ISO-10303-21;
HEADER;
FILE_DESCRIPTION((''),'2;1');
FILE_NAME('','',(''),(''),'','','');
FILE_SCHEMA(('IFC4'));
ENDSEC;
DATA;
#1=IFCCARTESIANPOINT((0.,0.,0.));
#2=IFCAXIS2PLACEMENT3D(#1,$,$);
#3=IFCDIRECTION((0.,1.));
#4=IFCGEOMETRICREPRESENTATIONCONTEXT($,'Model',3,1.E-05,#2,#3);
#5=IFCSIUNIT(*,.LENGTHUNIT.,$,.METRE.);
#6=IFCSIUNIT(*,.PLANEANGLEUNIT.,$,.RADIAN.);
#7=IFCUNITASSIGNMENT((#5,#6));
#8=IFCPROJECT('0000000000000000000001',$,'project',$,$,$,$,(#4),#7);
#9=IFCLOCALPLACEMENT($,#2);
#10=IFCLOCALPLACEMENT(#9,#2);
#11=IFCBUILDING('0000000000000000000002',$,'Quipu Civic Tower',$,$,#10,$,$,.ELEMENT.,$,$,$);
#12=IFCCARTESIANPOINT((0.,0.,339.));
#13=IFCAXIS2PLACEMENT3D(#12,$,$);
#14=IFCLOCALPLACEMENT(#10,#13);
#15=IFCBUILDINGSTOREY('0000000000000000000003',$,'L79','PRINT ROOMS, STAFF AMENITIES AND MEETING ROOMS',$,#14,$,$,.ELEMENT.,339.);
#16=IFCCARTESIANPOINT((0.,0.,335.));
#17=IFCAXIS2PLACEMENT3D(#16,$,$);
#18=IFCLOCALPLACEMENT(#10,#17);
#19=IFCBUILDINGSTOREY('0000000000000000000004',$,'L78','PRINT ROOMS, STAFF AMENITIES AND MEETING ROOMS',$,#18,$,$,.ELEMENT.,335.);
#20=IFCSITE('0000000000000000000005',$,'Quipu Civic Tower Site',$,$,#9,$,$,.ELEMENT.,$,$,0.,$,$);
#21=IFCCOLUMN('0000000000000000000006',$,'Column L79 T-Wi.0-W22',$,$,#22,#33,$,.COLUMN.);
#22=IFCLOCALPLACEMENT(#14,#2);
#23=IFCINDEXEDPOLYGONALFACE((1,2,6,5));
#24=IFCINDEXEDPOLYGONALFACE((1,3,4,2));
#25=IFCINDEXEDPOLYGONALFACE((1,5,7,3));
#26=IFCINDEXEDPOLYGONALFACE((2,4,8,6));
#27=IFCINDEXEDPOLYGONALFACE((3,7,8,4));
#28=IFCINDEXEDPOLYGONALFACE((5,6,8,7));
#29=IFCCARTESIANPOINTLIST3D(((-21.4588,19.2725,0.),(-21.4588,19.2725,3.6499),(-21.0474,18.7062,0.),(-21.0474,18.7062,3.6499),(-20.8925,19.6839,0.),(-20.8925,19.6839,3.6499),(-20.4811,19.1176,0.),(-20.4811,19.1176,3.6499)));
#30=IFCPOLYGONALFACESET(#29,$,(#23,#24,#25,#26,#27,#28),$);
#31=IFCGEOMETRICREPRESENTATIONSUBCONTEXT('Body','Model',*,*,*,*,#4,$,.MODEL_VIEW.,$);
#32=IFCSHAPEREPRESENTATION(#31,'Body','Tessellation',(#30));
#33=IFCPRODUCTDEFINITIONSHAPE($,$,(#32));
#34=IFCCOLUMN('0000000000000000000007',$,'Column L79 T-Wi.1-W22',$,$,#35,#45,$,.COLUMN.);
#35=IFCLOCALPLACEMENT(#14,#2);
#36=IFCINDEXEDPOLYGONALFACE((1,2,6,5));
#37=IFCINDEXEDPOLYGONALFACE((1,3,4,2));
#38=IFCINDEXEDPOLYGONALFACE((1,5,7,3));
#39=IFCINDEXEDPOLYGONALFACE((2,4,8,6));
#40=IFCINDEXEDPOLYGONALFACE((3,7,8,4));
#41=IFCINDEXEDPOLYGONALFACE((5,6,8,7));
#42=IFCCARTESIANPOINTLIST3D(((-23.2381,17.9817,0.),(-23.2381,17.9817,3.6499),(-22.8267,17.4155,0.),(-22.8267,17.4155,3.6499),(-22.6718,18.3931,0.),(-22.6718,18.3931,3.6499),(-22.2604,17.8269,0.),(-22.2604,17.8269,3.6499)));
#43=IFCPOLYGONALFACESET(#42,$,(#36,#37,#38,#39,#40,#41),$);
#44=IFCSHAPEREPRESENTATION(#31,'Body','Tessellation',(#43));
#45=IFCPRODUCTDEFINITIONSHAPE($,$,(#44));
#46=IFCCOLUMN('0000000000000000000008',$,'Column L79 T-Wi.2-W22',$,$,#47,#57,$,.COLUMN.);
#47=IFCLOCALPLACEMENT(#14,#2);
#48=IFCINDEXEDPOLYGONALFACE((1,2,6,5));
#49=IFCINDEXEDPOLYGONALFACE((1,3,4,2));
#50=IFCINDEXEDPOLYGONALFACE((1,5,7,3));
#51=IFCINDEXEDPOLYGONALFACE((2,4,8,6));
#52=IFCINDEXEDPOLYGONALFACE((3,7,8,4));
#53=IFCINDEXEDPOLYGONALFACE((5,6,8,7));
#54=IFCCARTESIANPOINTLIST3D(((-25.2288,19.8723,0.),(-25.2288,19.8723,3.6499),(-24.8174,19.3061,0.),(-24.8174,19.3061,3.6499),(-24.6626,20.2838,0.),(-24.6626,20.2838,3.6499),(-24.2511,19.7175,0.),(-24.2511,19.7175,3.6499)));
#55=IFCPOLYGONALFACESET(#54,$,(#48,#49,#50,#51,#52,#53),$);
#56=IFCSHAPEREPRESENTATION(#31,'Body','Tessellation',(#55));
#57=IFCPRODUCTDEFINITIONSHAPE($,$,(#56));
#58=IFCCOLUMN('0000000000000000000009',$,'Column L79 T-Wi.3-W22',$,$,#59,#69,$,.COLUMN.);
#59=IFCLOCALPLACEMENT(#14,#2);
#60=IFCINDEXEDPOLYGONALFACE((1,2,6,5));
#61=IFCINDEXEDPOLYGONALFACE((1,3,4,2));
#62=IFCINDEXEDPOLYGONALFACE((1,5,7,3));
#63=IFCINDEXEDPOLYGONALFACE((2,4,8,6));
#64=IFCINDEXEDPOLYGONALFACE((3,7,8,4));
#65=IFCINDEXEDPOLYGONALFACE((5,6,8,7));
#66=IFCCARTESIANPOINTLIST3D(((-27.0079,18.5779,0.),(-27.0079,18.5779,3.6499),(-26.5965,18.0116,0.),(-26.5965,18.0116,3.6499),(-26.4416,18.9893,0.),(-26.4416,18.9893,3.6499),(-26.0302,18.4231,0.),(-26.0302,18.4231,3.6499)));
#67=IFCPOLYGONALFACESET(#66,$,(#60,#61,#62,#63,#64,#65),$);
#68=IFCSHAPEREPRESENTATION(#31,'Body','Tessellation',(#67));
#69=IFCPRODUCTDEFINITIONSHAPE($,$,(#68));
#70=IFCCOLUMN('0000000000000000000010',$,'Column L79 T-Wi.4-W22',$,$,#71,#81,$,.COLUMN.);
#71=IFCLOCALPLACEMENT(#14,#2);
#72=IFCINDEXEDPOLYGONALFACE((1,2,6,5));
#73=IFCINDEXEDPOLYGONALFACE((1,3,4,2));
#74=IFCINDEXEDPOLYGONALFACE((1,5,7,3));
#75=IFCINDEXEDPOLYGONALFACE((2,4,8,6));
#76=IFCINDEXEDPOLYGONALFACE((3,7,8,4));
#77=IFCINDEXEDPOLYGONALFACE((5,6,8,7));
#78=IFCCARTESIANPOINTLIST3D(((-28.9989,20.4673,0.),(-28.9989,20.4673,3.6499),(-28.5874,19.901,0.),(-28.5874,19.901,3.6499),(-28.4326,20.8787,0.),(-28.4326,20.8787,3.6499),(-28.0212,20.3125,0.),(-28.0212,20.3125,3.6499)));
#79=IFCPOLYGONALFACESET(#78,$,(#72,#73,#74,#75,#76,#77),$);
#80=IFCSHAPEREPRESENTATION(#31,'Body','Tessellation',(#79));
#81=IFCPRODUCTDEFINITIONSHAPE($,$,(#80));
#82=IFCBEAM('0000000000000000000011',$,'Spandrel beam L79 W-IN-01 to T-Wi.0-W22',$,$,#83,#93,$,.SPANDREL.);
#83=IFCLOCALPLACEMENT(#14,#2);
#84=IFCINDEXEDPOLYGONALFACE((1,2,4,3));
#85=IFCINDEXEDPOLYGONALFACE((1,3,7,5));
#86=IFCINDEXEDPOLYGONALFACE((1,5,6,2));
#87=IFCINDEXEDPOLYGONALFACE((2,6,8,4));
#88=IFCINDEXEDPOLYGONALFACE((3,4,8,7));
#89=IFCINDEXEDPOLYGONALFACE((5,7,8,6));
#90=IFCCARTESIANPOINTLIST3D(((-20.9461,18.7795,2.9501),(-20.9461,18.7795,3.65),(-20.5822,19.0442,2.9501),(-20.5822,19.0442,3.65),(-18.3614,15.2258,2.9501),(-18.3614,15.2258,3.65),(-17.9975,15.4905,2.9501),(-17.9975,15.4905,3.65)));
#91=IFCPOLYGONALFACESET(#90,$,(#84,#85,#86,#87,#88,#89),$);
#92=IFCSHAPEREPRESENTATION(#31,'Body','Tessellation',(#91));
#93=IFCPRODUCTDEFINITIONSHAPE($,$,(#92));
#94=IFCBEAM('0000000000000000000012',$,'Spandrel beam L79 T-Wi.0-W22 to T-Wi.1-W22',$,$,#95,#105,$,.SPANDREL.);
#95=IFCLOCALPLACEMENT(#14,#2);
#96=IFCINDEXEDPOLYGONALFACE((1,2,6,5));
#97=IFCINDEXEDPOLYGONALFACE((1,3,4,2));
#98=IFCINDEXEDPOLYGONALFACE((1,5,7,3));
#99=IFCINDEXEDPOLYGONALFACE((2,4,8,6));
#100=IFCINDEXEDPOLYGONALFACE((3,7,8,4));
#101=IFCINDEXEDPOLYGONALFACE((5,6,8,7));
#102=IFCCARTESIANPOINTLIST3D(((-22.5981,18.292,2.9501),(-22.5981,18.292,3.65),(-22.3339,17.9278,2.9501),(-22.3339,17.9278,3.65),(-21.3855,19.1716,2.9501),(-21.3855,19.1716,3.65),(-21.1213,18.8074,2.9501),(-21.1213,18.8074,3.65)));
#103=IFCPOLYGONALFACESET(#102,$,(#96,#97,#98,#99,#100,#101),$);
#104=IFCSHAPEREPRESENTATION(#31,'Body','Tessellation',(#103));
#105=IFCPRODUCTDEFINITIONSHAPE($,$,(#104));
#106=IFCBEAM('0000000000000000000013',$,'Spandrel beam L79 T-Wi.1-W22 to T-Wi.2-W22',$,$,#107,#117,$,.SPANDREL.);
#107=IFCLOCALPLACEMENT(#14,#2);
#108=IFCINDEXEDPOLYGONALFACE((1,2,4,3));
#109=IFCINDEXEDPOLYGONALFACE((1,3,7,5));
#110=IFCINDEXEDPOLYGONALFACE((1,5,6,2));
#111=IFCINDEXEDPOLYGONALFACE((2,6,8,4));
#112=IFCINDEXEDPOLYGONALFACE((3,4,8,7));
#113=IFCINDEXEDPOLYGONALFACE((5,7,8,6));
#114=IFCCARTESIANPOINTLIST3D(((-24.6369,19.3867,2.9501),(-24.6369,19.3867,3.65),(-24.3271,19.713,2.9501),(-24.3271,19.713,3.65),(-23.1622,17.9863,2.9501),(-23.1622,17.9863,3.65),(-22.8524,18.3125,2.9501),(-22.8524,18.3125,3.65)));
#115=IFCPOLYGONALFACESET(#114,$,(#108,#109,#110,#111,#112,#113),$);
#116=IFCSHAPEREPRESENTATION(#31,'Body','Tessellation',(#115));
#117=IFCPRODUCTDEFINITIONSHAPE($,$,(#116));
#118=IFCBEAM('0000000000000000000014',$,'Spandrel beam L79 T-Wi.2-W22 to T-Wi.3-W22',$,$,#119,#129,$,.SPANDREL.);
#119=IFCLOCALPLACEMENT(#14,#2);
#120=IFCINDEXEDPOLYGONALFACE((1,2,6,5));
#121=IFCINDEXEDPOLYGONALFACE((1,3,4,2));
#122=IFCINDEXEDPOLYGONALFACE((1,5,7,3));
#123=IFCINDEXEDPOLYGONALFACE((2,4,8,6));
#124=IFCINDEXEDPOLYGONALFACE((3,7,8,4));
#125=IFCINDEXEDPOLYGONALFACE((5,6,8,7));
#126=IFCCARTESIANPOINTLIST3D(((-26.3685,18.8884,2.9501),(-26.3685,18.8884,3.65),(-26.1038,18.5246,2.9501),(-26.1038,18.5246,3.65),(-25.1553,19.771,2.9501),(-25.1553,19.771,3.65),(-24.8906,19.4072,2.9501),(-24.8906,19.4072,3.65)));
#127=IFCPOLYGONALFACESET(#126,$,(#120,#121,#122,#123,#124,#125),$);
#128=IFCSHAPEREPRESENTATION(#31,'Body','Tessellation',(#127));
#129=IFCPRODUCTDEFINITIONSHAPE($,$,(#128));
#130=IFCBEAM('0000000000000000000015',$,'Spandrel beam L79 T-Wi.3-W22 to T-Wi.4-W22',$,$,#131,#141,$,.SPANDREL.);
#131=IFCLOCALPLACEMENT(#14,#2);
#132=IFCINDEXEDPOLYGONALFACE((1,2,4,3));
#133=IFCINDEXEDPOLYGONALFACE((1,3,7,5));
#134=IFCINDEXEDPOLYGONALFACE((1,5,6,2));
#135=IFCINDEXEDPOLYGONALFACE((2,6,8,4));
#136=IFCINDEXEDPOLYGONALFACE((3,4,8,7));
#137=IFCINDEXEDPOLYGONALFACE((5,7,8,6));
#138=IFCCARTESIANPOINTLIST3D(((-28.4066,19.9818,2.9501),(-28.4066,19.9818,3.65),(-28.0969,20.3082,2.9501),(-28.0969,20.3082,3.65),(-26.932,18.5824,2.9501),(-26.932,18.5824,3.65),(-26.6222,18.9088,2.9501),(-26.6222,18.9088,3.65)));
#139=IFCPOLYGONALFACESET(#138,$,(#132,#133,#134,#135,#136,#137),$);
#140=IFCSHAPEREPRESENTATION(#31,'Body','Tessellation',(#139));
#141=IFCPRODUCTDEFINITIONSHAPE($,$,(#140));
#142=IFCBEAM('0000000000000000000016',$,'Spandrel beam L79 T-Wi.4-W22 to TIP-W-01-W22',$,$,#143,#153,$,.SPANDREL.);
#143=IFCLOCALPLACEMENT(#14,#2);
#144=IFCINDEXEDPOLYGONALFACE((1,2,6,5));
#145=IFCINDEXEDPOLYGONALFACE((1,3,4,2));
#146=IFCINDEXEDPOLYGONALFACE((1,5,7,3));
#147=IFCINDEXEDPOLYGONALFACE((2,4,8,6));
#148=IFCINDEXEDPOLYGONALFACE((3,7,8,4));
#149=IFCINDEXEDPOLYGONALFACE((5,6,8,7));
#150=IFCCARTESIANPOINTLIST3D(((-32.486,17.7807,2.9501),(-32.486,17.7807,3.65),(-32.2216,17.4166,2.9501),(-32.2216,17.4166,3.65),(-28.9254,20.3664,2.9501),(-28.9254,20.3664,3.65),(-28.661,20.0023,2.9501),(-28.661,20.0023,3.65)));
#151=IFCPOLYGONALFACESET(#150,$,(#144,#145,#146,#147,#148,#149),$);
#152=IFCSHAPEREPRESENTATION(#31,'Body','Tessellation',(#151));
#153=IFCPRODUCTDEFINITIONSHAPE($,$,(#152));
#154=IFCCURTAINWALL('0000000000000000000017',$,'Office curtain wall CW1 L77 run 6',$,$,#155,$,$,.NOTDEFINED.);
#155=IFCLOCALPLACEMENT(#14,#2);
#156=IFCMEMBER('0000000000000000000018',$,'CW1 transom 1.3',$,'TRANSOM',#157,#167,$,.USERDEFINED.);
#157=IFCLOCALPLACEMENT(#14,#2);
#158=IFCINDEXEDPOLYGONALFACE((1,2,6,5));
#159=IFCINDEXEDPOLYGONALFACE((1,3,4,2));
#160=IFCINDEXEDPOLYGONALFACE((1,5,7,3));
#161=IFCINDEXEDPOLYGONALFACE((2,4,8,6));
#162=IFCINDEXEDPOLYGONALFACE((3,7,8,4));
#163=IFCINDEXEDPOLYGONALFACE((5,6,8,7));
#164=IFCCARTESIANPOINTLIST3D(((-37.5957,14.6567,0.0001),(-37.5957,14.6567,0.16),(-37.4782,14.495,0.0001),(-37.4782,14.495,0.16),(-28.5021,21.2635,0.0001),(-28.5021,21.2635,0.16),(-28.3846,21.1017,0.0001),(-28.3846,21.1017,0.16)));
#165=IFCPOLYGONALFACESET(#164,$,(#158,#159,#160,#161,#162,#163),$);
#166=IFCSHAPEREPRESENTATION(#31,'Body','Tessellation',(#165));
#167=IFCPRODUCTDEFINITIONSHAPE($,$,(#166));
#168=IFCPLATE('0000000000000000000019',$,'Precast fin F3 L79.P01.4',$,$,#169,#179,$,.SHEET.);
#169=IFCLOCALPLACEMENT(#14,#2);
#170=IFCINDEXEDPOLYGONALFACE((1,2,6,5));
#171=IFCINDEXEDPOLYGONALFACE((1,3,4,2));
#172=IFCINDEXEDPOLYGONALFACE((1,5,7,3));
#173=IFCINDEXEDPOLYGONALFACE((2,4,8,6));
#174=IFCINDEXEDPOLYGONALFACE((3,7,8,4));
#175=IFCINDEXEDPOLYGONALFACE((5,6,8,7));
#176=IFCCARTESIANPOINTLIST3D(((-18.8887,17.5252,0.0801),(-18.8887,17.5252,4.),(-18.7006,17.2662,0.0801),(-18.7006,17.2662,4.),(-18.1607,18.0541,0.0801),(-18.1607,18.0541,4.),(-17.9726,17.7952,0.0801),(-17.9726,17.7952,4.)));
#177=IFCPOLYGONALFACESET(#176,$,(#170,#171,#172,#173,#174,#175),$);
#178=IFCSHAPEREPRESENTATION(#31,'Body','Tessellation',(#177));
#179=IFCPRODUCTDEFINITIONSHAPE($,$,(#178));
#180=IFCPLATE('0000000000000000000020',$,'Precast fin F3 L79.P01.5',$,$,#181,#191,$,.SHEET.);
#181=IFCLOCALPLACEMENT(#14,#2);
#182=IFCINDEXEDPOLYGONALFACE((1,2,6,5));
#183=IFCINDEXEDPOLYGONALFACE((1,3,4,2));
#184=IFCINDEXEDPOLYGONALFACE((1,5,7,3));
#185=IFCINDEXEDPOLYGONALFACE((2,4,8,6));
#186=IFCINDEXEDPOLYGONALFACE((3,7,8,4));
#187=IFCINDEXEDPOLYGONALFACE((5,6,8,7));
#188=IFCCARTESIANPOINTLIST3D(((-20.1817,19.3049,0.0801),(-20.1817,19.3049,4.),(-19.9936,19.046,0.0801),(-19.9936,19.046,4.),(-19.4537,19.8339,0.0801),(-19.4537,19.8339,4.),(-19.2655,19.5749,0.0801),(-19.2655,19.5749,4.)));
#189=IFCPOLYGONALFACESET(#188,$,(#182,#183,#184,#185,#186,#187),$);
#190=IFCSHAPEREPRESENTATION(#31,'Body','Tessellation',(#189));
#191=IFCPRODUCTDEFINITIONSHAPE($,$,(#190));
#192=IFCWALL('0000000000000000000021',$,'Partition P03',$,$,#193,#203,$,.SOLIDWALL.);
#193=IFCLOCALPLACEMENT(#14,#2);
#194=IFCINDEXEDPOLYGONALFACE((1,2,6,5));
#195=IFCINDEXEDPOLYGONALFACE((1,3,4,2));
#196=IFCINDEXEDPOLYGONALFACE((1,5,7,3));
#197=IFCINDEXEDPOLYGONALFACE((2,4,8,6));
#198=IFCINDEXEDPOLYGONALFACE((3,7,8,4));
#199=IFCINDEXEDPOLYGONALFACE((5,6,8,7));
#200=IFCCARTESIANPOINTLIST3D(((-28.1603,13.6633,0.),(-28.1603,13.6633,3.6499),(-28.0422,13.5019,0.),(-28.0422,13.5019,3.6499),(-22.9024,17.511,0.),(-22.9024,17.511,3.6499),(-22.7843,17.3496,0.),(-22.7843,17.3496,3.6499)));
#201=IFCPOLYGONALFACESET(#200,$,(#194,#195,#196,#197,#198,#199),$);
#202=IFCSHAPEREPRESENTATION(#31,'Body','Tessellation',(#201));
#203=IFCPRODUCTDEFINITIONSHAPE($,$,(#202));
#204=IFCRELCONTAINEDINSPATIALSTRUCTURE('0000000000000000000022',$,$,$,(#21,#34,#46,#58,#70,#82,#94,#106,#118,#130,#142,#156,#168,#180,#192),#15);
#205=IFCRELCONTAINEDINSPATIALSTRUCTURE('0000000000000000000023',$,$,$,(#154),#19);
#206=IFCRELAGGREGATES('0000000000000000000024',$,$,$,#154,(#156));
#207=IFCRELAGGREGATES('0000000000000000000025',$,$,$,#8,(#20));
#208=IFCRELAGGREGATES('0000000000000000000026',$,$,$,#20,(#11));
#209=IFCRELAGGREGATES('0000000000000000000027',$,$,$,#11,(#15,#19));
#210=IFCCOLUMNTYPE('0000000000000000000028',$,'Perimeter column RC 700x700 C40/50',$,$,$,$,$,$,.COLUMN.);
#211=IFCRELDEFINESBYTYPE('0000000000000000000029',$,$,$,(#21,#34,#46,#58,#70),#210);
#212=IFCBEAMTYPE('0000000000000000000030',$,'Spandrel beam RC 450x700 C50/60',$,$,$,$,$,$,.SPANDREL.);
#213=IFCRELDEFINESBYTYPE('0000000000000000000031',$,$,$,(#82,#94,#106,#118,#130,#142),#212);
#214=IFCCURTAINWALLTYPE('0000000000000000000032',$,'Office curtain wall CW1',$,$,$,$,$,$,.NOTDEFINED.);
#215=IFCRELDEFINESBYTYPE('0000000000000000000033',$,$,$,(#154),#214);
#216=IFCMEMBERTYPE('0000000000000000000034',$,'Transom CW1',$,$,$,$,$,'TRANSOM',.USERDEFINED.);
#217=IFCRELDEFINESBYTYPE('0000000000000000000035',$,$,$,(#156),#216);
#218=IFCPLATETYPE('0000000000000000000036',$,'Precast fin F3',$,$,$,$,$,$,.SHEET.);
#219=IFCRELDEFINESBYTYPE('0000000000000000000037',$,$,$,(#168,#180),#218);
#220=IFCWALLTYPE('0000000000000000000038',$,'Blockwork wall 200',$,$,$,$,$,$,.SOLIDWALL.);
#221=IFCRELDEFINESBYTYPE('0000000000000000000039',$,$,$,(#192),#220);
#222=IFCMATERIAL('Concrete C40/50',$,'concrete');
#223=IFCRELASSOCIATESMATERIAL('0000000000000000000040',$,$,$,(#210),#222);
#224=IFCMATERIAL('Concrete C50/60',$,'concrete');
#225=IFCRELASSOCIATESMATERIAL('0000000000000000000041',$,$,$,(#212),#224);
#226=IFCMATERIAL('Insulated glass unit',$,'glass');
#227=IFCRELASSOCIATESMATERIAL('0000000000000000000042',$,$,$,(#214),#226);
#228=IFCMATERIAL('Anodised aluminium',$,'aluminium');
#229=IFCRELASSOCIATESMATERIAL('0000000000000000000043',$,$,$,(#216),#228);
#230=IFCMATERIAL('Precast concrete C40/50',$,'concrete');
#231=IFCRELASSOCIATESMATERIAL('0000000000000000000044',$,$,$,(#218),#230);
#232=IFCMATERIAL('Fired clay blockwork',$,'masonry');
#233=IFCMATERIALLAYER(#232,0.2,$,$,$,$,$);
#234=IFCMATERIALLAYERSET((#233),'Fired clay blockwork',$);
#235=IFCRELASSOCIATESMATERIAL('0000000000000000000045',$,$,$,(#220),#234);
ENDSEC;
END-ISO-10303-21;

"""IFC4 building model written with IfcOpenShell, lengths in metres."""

from ifc_helpers import new_model, si_unit, direction, frame, frame_2d, origin, origin_2d, place, context, subcontext, project, spatial, rectangle, extrude, material, layer, layer_set, material_profile, profile_set, type_object, element, aggregate, save


model = new_model("IFC4")

# Units and contexts
model_context = context("Model", 3, precision=1e-05, world=origin(), true_north=direction((0.0, 1.0)))
body_context = subcontext(model_context, "Body", "Model", "MODEL_VIEW")
ifc_project = project(units=[si_unit("LENGTHUNIT", "METRE"), si_unit("PLANEANGLEUNIT", "RADIAN")], contexts=[model_context])

# Site, building, storey
site_placement = place(None, origin())
site = spatial("IfcSite", under=ifc_project, at=site_placement, Name="Quipu Civic Tower Site", CompositionType="ELEMENT", RefElevation=0.0)
building_placement = place(site_placement, origin())
building = spatial("IfcBuilding", under=site, at=building_placement, Name="Quipu Civic Tower", CompositionType="ELEMENT")
storey_1_placement = place(building_placement, frame((0.0, 0.0, 339.0)))
storey_1 = spatial("IfcBuildingStorey", under=building, at=storey_1_placement, Name="L79", Description="PRINT ROOMS, STAFF AMENITIES AND MEETING ROOMS", CompositionType="ELEMENT", Elevation=339.0)

# Columns
ifc_material_1 = material(Name="Concrete C40/50", Category="concrete")
ifc_material_profile_1 = material_profile(ifc_material_1, rectangle(XDim=0.7, YDim=0.7, at=origin_2d()), Name="RC700x700")
ifc_profile_set_1 = profile_set([ifc_material_profile_1], Name="Concrete C40/50")
column_type = type_object("IfcColumnType", Name="Perimeter column RC 700x700 C40/50", PredefinedType="COLUMN", material=ifc_profile_set_1)
for number, where, z_axis, x_axis, name in (
    (1, (-20.97, 19.1951, 0.0), (0.0, 0.0, 1.0), (-0.587785, 0.809017, 0.0), "Column L79 T-Wi.0-W22"),
    (2, (-22.7493, 17.9043, 0.0), (0.0, 0.0, 1.0), (-0.587785, 0.809017, 0.0), "Column L79 T-Wi.1-W22"),
    (3, (-24.74, 19.7949, 0.0), (0.0, 0.0, 1.0), (-0.587785, 0.809017, 0.0), "Column L79 T-Wi.2-W22"),
    (4, (-26.519, 18.5005, 0.0), (0.0, 0.0, 1.0), (-0.587785, 0.809017, 0.0), "Column L79 T-Wi.3-W22"),
    (5, (-28.51, 20.3899, 0.0), (0.0, 0.0, 1.0), (-0.809017, -0.587785, 0.0), "Column L79 T-Wi.4-W22"),
):
    element("IfcColumn", number, at=place(storey_1_placement, frame(where, z_axis=z_axis, x_axis=x_axis)), inside=storey_1, type_object=column_type, Name=name, PredefinedType="COLUMN", context=body_context, shape_type="SweptSolid", body=[
        extrude(rectangle(XDim=0.7, YDim=0.7, at=origin_2d()), origin(), (0.0, 0.0, 1.0), 3.6499),
    ])

# Beams
ifc_material_2 = material(Name="Concrete C50/60", Category="concrete")
ifc_material_profile_2 = material_profile(ifc_material_2, rectangle(XDim=0.45, YDim=0.7, at=origin_2d()), Name="RC450x700")
ifc_profile_set_2 = profile_set([ifc_material_profile_2], Name="Concrete C50/60")
beam_type = type_object("IfcBeamType", Name="Spandrel beam RC 450x700 C50/60", PredefinedType="SPANDREL", material=ifc_profile_set_2)
beam_1_placement = place(storey_1_placement, frame((-18.1794, 15.3582, 3.3), z_axis=(-0.588201, 0.808714, 0.0), x_axis=(-0.808714, -0.588201, 0.0)))
element("IfcBeam", 6, at=beam_1_placement, inside=storey_1, type_object=beam_type, Name="Spandrel beam L79 W-IN-01 to T-Wi.0-W22", PredefinedType="SPANDREL", context=body_context, shape_type="SweptSolid", body=[
    extrude(rectangle(XDim=0.45, YDim=0.7, at=origin_2d()), origin(), (0.0, 0.0, 1.0), 4.3943),
])
beam_2_placement = place(storey_1_placement, frame((-21.2534, 18.9895, 3.3), z_axis=(-0.809461, -0.587173, 0.0), x_axis=(0.587173, -0.809461, 0.0)))
element("IfcBeam", 7, at=beam_2_placement, inside=storey_1, type_object=beam_type, Name="Spandrel beam L79 T-Wi.0-W22 to T-Wi.1-W22", PredefinedType="SPANDREL", context=body_context, shape_type="SweptSolid", body=[
    extrude(rectangle(XDim=0.45, YDim=0.7, at=origin_2d()), origin(), (0.0, 0.0, 1.0), 1.498),
])
beam_3_placement = place(storey_1_placement, frame((-23.0073, 18.1494, 3.3), z_axis=(-0.725119, 0.688623, 0.0), x_axis=(-0.688623, -0.725119, 0.0)))
element("IfcBeam", 8, at=beam_3_placement, inside=storey_1, type_object=beam_type, Name="Spandrel beam L79 T-Wi.1-W22 to T-Wi.2-W22", PredefinedType="SPANDREL", context=body_context, shape_type="SweptSolid", body=[
    extrude(rectangle(XDim=0.45, YDim=0.7, at=origin_2d()), origin(), (0.0, 0.0, 1.0), 2.0337),
])
beam_4_placement = place(storey_1_placement, frame((-25.0229, 19.5891, 3.3), z_axis=(-0.808645, -0.588297, 0.0), x_axis=(0.588297, -0.808645, 0.0)))
element("IfcBeam", 9, at=beam_4_placement, inside=storey_1, type_object=beam_type, Name="Spandrel beam L79 T-Wi.2-W22 to T-Wi.3-W22", PredefinedType="SPANDREL", context=body_context, shape_type="SweptSolid", body=[
    extrude(rectangle(XDim=0.45, YDim=0.7, at=origin_2d()), origin(), (0.0, 0.0, 1.0), 1.5002),
])
beam_5_placement = place(storey_1_placement, frame((-26.7771, 18.7456, 3.3), z_axis=(-0.725359, 0.688371, 0.0), x_axis=(-0.688371, -0.725359, 0.0)))
element("IfcBeam", 10, at=beam_5_placement, inside=storey_1, type_object=beam_type, Name="Spandrel beam L79 T-Wi.3-W22 to T-Wi.4-W22", PredefinedType="SPANDREL", context=body_context, shape_type="SweptSolid", body=[
    extrude(rectangle(XDim=0.45, YDim=0.7, at=origin_2d()), origin(), (0.0, 0.0, 1.0), 2.033),
])
beam_6_placement = place(storey_1_placement, frame((-28.7932, 20.1843, 3.3), z_axis=(-0.809146, -0.587607, 0.0), x_axis=(0.587607, -0.809146, 0.0)))
element("IfcBeam", 11, at=beam_6_placement, inside=storey_1, type_object=beam_type, Name="Spandrel beam L79 T-Wi.4-W22 to TIP-W-01-W22", PredefinedType="SPANDREL", context=body_context, shape_type="SweptSolid", body=[
    extrude(rectangle(XDim=0.45, YDim=0.7, at=origin_2d()), origin(), (0.0, 0.0, 1.0), 4.4004),
])

# Shared definitions
storey_2_placement = place(building_placement, frame((0.0, 0.0, 335.0)))
storey_2 = spatial("IfcBuildingStorey", under=building, at=storey_2_placement, Name="L78", Description="PRINT ROOMS, STAFF AMENITIES AND MEETING ROOMS", CompositionType="ELEMENT", Elevation=335.0)

# Curtain wall, member
ifc_material_3 = material(Name="Insulated glass unit", Category="glass")
curtain_wall_type = type_object("IfcCurtainWallType", Name="Office curtain wall CW1", PredefinedType="NOTDEFINED", material=ifc_material_3)
curtain_wall_placement = place(storey_2_placement, origin())
curtain_wall = element("IfcCurtainWall", 12, at=curtain_wall_placement, inside=storey_2, type_object=curtain_wall_type, Name="Office curtain wall CW1 L77 run 6", PredefinedType="NOTDEFINED")
ifc_material_4 = material(Name="Anodised aluminium", Category="aluminium")
ifc_material_profile_3 = material_profile(ifc_material_4, rectangle(XDim=0.2, YDim=0.1599, at=origin_2d()), Name="RECT 200x160")
ifc_profile_set_3 = profile_set([ifc_material_profile_3], Name="Anodised aluminium")
member_type = type_object("IfcMemberType", Name="Transom CW1", ElementType="TRANSOM", PredefinedType="USERDEFINED", material=ifc_profile_set_3)
member_placement = place(storey_1_placement, frame((-28.4434, 21.1826, 0.0801), z_axis=(-0.809022, -0.587778, 0.0), x_axis=(0.587778, -0.809022, 0.0)))
member = element("IfcMember", 13, at=member_placement, inside=storey_1, type_object=member_type, Name="CW1 transom 1.3", ObjectType="TRANSOM", PredefinedType="USERDEFINED", context=body_context, shape_type="SweptSolid", body=[
    extrude(rectangle(XDim=0.2, YDim=0.1599, at=origin_2d()), origin(), (0.0, 0.0, 1.0), 11.2402),
])
aggregate(curtain_wall, [member])

# Plates
ifc_material_5 = material(Name="Precast concrete C40/50", Category="concrete")
plate_type = type_object("IfcPlateType", Name="Precast fin F3", PredefinedType="SHEET", material=ifc_material_5)
for number, where, z_axis, x_axis, name in (
    (14, (-18.4307, 17.6602, 0.0801), (0.0, 0.0, 1.0), (-0.587784, 0.809018, 0.0), "Precast fin F3 L79.P01.4"),
    (15, (-19.7236, 19.4399, 0.0801), (0.0, 0.0, 1.0), (-0.587784, 0.809018, 0.0), "Precast fin F3 L79.P01.5"),
):
    element("IfcPlate", number, at=place(storey_1_placement, frame(where, z_axis=z_axis, x_axis=x_axis)), inside=storey_1, type_object=plate_type, Name=name, PredefinedType="SHEET", context=body_context, shape_type="SweptSolid", body=[
        extrude(rectangle(XDim=0.3201, YDim=0.8999, at=origin_2d()), origin(), (0.0, 0.0, 1.0), 3.9199),
    ])

# Wall
ifc_material_6 = material(Name="Fired clay blockwork", Category="masonry")
ifc_layer_1 = layer(ifc_material_6, 0.2)
ifc_layer_set_1 = layer_set([ifc_layer_1], Name="Fired clay blockwork")
wall_type_1 = type_object("IfcWallType", Name="Blockwork wall 200", PredefinedType="SOLIDWALL", material=ifc_layer_set_1)
wall_1_placement = place(storey_1_placement, frame((-28.1013, 13.5825, 0.0), z_axis=(0.0, 0.0, 1.0), x_axis=(0.806995, 0.590558, 0.0)))
element("IfcWall", 16, at=wall_1_placement, inside=storey_1, type_object=wall_type_1, Name="Partition P03", PredefinedType="SOLIDWALL", context=body_context, shape_type="SweptSolid", body=[
    extrude(rectangle(XDim=6.5154, YDim=0.2, at=frame_2d((3.2578, 0.0))), origin(), (0.0, 0.0, 1.0), 3.6499),
])

save(model, "model.ifc")
